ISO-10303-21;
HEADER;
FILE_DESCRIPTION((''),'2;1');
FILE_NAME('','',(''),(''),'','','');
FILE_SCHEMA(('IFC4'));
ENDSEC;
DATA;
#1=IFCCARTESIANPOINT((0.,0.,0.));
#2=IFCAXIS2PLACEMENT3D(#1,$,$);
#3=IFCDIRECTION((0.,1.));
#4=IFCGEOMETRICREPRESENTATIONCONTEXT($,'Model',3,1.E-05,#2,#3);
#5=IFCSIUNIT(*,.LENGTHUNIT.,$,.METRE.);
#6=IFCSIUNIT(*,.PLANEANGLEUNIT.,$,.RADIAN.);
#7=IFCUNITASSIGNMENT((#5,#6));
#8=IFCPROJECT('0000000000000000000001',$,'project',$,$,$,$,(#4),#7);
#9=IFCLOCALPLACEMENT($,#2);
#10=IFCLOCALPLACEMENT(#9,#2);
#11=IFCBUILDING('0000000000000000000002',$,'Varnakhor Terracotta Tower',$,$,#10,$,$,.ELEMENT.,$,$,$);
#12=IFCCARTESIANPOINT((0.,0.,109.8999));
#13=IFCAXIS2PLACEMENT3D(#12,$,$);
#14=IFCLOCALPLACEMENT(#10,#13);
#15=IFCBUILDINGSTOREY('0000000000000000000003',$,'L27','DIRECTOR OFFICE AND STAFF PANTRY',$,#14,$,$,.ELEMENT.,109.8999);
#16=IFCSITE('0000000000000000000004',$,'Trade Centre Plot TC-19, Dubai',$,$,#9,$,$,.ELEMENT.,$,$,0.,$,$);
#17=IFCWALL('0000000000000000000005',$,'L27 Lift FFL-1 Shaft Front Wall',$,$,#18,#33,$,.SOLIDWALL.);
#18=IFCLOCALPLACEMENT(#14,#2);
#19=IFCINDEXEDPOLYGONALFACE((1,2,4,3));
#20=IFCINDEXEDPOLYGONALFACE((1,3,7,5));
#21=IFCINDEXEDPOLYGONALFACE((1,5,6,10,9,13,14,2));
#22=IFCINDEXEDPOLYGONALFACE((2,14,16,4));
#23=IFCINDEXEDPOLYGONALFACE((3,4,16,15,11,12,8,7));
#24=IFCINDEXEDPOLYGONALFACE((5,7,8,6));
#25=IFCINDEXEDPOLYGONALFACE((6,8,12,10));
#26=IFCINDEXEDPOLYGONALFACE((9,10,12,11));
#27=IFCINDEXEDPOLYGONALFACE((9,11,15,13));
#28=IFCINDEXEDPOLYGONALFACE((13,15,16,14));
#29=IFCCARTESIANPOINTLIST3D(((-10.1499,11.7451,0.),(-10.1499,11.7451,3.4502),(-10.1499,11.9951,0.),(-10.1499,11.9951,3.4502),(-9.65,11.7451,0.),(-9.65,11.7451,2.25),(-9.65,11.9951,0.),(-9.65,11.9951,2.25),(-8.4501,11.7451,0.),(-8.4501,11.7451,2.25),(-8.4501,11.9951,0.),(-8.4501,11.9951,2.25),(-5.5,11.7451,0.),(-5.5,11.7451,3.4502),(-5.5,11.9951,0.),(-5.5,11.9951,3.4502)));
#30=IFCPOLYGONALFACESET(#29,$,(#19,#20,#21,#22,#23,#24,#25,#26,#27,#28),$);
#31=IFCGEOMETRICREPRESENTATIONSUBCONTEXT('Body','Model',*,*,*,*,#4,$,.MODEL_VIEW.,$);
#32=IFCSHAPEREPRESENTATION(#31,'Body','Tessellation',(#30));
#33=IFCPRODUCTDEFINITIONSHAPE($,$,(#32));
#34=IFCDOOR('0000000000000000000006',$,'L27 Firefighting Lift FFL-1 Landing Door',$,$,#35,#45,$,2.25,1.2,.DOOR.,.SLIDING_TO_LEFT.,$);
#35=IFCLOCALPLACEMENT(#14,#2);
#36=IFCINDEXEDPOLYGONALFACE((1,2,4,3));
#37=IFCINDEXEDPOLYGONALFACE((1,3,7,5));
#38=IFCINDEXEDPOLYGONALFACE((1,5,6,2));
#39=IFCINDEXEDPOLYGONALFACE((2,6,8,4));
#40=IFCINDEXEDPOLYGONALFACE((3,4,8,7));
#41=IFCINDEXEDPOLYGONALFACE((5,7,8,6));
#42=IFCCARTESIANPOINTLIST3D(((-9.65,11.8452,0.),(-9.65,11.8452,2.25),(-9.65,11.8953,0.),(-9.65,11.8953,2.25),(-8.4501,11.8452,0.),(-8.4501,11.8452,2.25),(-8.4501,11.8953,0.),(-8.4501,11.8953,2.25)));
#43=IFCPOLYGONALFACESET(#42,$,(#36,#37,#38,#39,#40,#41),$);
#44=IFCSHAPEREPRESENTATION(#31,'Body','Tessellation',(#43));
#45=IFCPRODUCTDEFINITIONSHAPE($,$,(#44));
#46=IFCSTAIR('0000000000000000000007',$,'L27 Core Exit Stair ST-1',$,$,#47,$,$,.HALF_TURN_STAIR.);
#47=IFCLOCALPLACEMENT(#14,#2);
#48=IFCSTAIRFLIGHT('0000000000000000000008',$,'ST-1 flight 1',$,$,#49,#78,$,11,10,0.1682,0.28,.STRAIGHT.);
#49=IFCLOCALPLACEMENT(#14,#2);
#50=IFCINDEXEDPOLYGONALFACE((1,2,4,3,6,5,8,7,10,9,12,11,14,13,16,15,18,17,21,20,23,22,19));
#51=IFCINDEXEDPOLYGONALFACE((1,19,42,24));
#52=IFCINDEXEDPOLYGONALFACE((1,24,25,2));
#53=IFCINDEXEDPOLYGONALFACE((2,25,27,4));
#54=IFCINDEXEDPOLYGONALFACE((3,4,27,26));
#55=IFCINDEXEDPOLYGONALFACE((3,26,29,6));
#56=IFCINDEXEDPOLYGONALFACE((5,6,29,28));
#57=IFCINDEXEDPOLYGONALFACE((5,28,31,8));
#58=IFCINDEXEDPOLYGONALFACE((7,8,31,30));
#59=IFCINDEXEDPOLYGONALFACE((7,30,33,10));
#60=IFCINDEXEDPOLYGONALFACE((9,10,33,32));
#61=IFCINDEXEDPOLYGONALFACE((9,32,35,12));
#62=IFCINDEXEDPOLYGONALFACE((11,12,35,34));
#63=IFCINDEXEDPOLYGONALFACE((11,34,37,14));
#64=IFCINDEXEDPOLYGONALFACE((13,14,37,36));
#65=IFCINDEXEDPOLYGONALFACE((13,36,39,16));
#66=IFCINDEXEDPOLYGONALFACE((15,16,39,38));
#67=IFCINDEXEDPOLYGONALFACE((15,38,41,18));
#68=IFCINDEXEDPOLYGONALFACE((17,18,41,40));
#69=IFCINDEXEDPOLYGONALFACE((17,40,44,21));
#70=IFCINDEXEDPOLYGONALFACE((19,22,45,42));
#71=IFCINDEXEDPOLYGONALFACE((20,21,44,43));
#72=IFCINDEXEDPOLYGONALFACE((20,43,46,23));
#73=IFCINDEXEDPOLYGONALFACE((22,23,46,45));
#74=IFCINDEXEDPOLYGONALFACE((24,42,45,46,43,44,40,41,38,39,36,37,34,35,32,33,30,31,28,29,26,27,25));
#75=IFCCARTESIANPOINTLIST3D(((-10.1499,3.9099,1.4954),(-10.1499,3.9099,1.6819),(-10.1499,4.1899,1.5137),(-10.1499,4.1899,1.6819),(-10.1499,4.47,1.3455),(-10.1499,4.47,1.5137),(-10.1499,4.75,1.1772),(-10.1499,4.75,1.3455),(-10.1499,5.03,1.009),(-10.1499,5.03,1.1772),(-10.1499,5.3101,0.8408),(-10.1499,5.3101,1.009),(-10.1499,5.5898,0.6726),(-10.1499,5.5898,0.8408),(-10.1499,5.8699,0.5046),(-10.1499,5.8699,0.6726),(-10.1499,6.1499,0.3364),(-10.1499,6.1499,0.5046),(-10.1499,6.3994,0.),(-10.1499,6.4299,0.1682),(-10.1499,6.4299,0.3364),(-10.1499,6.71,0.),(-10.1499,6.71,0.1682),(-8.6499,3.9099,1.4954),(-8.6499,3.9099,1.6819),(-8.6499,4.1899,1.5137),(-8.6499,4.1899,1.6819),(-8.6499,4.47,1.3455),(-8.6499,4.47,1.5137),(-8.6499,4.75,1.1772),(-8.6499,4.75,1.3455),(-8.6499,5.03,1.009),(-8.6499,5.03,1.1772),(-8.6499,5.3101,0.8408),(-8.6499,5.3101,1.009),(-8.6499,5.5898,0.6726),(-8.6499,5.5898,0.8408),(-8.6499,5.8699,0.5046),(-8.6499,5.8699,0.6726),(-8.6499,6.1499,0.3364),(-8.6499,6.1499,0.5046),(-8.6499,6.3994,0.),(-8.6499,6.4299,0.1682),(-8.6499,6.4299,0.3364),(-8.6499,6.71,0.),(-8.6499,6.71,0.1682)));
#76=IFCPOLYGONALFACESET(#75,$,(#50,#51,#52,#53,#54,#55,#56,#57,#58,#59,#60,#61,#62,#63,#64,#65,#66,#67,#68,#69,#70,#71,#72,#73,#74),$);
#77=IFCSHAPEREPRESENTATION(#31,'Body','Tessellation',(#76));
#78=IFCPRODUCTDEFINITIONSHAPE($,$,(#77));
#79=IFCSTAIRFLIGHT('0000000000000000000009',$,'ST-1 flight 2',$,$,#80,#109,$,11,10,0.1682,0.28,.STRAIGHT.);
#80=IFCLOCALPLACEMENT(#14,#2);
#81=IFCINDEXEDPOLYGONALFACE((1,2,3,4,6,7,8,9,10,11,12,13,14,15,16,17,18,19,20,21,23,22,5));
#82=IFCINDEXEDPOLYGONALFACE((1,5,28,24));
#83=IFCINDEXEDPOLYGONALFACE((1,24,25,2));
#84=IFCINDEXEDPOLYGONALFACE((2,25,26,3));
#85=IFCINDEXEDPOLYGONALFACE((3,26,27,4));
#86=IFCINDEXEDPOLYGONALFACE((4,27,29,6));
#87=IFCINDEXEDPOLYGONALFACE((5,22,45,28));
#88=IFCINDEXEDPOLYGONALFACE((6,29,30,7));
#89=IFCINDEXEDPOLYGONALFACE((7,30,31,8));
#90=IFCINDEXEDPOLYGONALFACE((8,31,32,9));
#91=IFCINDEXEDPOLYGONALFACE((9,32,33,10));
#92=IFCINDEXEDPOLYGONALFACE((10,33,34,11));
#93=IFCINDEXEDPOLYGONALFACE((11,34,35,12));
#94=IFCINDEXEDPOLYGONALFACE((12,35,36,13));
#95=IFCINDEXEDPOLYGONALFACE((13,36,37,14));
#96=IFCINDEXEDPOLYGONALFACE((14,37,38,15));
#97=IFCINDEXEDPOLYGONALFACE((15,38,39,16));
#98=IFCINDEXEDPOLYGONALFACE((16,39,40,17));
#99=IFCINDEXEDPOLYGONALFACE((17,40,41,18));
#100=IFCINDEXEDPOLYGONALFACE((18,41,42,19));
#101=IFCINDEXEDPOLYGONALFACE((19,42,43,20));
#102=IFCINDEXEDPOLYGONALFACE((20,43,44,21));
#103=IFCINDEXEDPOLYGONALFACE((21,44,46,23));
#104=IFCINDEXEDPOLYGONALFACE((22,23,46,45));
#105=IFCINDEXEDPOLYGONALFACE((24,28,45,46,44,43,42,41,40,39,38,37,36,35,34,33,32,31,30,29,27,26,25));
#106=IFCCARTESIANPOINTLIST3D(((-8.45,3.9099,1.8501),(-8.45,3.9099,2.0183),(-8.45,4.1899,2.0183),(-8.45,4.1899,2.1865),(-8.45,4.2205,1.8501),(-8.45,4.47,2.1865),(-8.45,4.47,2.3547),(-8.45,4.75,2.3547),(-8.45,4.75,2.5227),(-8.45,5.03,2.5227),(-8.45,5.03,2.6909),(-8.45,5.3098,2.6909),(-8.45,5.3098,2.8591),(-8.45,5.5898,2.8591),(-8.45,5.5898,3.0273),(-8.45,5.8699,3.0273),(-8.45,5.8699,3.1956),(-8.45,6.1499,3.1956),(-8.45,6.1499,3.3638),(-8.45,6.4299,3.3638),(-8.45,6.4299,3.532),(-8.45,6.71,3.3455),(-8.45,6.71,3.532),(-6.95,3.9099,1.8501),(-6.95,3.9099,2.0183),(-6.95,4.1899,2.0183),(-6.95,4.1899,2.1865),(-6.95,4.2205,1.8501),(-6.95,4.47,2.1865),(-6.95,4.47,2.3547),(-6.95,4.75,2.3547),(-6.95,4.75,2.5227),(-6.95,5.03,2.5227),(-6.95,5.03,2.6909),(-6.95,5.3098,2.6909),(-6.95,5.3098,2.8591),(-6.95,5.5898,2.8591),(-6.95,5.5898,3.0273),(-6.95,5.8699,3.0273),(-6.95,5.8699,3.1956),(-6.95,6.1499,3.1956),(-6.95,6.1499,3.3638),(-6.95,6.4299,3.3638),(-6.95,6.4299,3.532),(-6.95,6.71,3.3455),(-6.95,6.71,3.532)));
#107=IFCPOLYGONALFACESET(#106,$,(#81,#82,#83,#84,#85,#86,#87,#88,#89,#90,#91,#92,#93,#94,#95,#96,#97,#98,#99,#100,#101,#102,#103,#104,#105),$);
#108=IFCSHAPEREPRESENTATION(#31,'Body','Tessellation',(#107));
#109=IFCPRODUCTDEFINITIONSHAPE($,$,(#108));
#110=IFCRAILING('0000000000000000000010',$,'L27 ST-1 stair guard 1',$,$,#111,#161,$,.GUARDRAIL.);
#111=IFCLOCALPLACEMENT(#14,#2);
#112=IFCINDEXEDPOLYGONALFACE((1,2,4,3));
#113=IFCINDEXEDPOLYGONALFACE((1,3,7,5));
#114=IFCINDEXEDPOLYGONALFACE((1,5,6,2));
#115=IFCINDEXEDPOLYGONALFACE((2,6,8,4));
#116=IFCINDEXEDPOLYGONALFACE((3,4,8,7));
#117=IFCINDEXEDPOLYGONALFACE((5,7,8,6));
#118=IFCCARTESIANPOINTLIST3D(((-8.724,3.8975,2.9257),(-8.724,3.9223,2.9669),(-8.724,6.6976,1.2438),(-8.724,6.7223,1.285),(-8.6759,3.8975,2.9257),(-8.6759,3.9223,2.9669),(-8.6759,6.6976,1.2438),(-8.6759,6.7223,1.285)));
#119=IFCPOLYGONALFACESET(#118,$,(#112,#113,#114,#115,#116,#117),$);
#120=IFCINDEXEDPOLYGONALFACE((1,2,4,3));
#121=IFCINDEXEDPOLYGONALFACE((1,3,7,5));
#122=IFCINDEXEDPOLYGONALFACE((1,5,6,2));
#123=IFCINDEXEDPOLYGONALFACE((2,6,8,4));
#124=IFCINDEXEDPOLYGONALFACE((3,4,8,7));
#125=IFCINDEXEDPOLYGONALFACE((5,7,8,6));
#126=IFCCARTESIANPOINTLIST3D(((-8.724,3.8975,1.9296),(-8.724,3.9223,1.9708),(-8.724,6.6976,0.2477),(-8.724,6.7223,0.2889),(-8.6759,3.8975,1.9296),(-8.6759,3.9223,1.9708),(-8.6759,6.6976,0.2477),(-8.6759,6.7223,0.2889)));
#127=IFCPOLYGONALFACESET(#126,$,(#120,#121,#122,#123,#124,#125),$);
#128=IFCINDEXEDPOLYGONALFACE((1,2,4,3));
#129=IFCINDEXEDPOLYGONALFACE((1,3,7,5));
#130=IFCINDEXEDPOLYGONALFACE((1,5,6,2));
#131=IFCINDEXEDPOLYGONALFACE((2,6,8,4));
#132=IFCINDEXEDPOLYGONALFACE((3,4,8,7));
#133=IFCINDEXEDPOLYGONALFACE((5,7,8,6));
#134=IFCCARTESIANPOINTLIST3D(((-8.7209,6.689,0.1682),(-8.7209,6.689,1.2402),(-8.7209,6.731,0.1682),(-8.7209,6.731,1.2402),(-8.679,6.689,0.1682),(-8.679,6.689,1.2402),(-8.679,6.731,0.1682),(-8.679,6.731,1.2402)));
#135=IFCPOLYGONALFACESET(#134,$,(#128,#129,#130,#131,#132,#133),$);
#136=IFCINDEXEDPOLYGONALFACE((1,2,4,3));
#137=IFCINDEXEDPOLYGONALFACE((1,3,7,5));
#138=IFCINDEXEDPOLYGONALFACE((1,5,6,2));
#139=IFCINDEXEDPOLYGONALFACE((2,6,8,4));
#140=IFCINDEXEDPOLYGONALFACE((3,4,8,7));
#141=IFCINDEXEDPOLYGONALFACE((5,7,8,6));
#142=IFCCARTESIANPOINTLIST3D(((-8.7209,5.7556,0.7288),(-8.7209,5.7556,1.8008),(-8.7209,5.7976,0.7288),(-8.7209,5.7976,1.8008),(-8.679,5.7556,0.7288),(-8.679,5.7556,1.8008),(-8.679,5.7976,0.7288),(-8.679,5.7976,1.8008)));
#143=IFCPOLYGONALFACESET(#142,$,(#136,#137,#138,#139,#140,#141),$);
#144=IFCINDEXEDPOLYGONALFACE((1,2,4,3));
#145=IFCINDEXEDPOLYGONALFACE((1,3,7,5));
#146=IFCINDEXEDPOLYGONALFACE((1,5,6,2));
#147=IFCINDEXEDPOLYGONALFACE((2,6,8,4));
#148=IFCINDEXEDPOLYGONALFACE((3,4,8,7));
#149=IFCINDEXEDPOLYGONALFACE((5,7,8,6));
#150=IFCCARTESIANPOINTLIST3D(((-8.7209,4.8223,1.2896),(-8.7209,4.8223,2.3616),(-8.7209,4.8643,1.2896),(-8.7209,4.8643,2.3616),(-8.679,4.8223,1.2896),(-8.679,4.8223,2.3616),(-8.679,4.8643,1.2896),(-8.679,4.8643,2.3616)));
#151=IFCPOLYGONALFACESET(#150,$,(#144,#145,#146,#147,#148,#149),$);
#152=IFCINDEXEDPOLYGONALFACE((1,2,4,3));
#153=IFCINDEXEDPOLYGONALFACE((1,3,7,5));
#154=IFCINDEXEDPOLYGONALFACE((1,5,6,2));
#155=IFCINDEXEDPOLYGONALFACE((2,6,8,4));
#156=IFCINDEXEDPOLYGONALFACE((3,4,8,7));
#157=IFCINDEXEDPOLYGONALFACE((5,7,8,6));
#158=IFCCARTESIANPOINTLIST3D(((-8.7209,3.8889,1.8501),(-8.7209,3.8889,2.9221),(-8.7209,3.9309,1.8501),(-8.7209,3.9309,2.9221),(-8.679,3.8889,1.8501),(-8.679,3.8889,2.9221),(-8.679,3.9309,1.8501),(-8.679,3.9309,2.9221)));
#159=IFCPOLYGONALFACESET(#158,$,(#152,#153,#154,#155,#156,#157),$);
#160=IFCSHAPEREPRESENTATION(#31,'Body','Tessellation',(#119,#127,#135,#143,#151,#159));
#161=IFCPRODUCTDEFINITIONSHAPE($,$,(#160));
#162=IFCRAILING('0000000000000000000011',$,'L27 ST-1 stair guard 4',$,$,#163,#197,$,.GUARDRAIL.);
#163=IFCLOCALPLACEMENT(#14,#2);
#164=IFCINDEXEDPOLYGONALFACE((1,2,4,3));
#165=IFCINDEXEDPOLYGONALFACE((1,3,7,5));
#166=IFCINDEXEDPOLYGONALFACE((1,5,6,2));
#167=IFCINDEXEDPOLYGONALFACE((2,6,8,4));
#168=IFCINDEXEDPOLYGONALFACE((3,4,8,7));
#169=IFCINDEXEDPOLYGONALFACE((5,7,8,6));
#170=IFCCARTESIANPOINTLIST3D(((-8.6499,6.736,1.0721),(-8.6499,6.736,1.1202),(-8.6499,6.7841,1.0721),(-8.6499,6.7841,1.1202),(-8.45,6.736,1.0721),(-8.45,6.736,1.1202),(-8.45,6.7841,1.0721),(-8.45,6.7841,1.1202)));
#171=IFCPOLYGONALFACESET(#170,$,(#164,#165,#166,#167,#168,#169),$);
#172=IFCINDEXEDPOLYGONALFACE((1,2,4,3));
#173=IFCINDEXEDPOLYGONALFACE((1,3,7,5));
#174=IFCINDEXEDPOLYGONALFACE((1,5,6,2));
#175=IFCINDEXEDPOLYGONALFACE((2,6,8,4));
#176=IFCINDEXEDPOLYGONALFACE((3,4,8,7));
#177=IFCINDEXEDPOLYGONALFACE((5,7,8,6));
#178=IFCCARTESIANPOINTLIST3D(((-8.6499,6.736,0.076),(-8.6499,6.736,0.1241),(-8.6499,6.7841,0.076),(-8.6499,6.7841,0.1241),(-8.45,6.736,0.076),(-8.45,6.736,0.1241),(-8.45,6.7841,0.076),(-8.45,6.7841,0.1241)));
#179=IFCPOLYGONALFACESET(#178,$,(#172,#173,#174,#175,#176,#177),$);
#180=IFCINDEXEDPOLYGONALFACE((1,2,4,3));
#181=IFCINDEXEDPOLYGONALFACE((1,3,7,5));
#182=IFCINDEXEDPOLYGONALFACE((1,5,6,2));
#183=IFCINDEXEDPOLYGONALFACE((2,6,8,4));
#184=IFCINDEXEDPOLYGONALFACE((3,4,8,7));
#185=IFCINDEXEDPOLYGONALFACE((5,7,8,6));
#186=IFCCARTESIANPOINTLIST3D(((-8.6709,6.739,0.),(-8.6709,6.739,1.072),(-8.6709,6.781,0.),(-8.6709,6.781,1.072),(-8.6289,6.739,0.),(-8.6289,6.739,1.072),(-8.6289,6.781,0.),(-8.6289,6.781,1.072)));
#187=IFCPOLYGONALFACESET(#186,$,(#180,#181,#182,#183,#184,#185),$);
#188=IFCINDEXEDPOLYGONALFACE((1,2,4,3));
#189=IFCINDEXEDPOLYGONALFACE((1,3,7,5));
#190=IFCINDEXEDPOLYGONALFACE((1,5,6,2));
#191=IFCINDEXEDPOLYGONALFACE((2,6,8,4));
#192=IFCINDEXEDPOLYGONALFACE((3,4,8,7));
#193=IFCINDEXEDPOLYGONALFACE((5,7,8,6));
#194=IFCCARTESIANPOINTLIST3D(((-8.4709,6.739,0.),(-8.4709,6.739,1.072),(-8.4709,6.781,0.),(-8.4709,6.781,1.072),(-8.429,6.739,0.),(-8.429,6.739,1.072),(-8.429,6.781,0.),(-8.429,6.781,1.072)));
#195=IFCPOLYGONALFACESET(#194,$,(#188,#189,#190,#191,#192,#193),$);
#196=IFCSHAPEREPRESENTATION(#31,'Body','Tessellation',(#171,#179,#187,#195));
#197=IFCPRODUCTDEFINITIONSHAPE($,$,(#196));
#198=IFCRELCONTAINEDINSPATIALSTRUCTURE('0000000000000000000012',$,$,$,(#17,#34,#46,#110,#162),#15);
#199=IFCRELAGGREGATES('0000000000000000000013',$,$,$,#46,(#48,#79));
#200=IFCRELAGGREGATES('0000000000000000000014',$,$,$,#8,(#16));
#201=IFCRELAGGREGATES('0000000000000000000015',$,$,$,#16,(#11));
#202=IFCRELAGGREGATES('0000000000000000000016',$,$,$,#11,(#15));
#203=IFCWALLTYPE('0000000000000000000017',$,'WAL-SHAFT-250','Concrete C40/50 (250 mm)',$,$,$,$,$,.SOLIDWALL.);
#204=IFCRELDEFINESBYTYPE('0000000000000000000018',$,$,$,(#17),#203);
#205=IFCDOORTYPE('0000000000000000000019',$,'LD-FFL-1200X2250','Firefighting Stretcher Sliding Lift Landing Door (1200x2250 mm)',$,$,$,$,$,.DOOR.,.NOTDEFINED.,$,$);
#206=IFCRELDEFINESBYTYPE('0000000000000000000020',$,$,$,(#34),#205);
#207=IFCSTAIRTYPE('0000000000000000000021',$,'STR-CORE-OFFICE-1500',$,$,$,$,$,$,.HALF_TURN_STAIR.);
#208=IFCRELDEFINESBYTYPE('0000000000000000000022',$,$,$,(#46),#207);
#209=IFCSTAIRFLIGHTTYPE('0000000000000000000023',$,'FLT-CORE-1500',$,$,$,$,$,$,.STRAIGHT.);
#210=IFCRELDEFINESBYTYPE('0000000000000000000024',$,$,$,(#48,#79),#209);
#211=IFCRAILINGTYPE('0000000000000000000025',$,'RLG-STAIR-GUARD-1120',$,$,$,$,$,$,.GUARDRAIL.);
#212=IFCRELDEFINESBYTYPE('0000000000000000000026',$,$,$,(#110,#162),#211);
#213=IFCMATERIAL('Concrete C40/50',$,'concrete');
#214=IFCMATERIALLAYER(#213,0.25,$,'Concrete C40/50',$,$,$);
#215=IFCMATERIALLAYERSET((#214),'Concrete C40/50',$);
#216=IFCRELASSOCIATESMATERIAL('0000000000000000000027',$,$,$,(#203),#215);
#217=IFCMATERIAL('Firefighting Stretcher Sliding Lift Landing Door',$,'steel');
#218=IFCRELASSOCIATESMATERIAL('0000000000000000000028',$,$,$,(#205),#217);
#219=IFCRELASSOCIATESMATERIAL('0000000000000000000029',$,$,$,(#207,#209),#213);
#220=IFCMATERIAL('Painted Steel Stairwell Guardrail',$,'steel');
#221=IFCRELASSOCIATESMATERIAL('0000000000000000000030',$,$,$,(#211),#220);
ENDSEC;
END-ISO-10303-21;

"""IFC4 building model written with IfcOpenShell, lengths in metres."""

from ifc_helpers import new_model, si_unit, direction, frame, frame_2d, origin, origin_2d, place, context, subcontext, project, spatial, polyline, rectangle, outline, extrude, source, transform, mapped, material, layer, layer_set, type_object, type_shapes, element, fill, aggregate, save


model = new_model("IFC4")

# Units and contexts
model_context = context("Model", 3, precision=1e-05, world=origin(), true_north=direction((0.0, 1.0)))
body_context = subcontext(model_context, "Body", "Model", "MODEL_VIEW")
ifc_project = project(units=[si_unit("LENGTHUNIT", "METRE"), si_unit("PLANEANGLEUNIT", "RADIAN")], contexts=[model_context])

# Site, building, storey
site_placement = place(None, origin())
site = spatial("IfcSite", under=ifc_project, at=site_placement, Name="Trade Centre Plot TC-19, Dubai", CompositionType="ELEMENT", RefElevation=0.0)
building_placement = place(site_placement, origin())
building = spatial("IfcBuilding", under=site, at=building_placement, Name="Varnakhor Terracotta Tower", CompositionType="ELEMENT")
storey_placement = place(building_placement, frame((0.0, 0.0, 109.8999)))
storey = spatial("IfcBuildingStorey", under=building, at=storey_placement, Name="L27", Description="DIRECTOR OFFICE AND STAFF PANTRY", CompositionType="ELEMENT", Elevation=109.8999)

# Shared definitions
ifc_material_1 = material(Name="Concrete C40/50", Category="concrete")

# Wall, opening, door
ifc_layer_1 = layer(ifc_material_1, 0.25, Name="Concrete C40/50")
ifc_layer_set_1 = layer_set([ifc_layer_1], Name="Concrete C40/50")
wall_type_1 = type_object("IfcWallType", Name="WAL-SHAFT-250", Description="Concrete C40/50 (250 mm)", PredefinedType="SOLIDWALL", material=ifc_layer_set_1)
wall_1_placement = place(storey_placement, frame((-5.5, 11.8701, 0.0), z_axis=(0.0, 0.0, 1.0), x_axis=(-1.0, 0.0, 0.0)))
wall_1 = element("IfcWall", 1, at=wall_1_placement, inside=storey, type_object=wall_type_1, Name="L27 Lift FFL-1 Shaft Front Wall", PredefinedType="SOLIDWALL", context=body_context, shape_type="SweptSolid", body=[
    extrude(rectangle(XDim=4.6499, YDim=0.25, at=frame_2d((2.325, 0.0))), origin(), (0.0, 0.0, 1.0), 3.4502),
])
opening_1_placement = place(wall_1_placement, frame((2.95, 0.0, 0.0)))
opening_1 = element("IfcOpeningElement", 2, at=opening_1_placement, cuts=wall_1, PredefinedType="OPENING", context=body_context, shape_type="SweptSolid", body=[
    extrude(rectangle(XDim=1.2, YDim=2.25, at=frame_2d((0.6001, 1.125))), frame((0.0, 0.135, 0.0), z_axis=(0.0, -1.0, 0.0), x_axis=(1.0, 0.0, 0.0)), (0.0, 0.0, 1.0), 0.27),
])
ifc_material_2 = material(Name="Firefighting Stretcher Sliding Lift Landing Door", Category="steel")
door_type_1 = type_object("IfcDoorType", Name="LD-FFL-1200X2250", Description="Firefighting Stretcher Sliding Lift Landing Door (1200x2250 mm)", OperationType="NOTDEFINED", PredefinedType="DOOR", material=ifc_material_2)
shared_shape_1 = source(origin(), body_context, "Body", "SweptSolid", [
    extrude(rectangle(XDim=1.2, YDim=2.25, at=frame_2d((0.6001, 1.125))), frame((0.0, 0.0249, 0.0), z_axis=(0.0, -1.0, 0.0), x_axis=(1.0, 0.0, 0.0)), (0.0, 0.0, 1.0), 0.05),
])
type_shapes(door_type_1, [shared_shape_1])
door_1_placement = place(opening_1_placement, origin())
door_1 = element("IfcDoor", 3, at=door_1_placement, inside=storey, type_object=door_type_1, Name="L27 Firefighting Lift FFL-1 Landing Door", OperationType="SLIDING_TO_LEFT", OverallHeight=2.25, OverallWidth=1.2, PredefinedType="DOOR", context=body_context, shape_type="MappedRepresentation", body=[
    mapped(shared_shape_1, transform((0.0, 0.0, 0.0), scale=1.0)),
])
fill(opening_1, door_1)

# Stair, stair flights
stair_type = type_object("IfcStairType", Name="STR-CORE-OFFICE-1500", PredefinedType="HALF_TURN_STAIR", material=ifc_material_1)
stair_placement = place(storey_placement, origin())
stair = element("IfcStair", 4, at=stair_placement, inside=storey, type_object=stair_type, Name="L27 Core Exit Stair ST-1", PredefinedType="HALF_TURN_STAIR")
stair_flight_type = type_object("IfcStairFlightType", Name="FLT-CORE-1500", PredefinedType="STRAIGHT", material=ifc_material_1)
stair_flight_1_placement = place(storey_placement, frame((-9.3999, 6.71, 0.0), z_axis=(0.0, 0.0, 1.0), x_axis=(0.0, -1.0, 0.0)))
stair_flight_1 = element("IfcStairFlight", 5, at=stair_flight_1_placement, type_object=stair_flight_type, Name="ST-1 flight 1", NumberOfRisers=11, NumberOfTreads=10, PredefinedType="STRAIGHT", RiserHeight=0.1682, TreadLength=0.28, context=body_context, shape_type="SweptSolid", body=[
    extrude(outline(polyline([(0.0, 0.0), (0.0, 0.1682), (0.28, 0.1682), (0.28, 0.3364), (0.5601, 0.3364), (0.5601, 0.5046), (0.8401, 0.5046), (0.8401, 0.6726), (1.1201, 0.6726), (1.1201, 0.8408), (1.3999, 0.8408), (1.3999, 1.009), (1.6799, 1.009), (1.6799, 1.1772), (1.96, 1.1772), (1.96, 1.3455), (2.24, 1.3455), (2.24, 1.5137), (2.52, 1.5137), (2.52, 1.6819), (2.8, 1.6819), (2.8, 1.8501), (2.8, 1.4954), (0.3105, 0.0), (0.0, 0.0)])), frame((0.0, 0.75, 0.0), z_axis=(0.0, -1.0, 0.0), x_axis=(1.0, 0.0, 0.0)), (0.0, 0.0, 1.0), 1.5),
])
stair_flight_2_placement = place(storey_placement, frame((-7.7, 3.9099, 1.8501), z_axis=(0.0, 0.0, 1.0), x_axis=(0.0, 1.0, 0.0)))
stair_flight_2 = element("IfcStairFlight", 6, at=stair_flight_2_placement, type_object=stair_flight_type, Name="ST-1 flight 2", NumberOfRisers=11, NumberOfTreads=10, PredefinedType="STRAIGHT", RiserHeight=0.1682, TreadLength=0.28, context=body_context, shape_type="SweptSolid", body=[
    extrude(outline(polyline([(0.0, 0.0), (0.0, 0.1682), (0.28, 0.1682), (0.28, 0.3364), (0.5601, 0.3364), (0.5601, 0.5046), (0.8401, 0.5046), (0.8401, 0.6726), (1.1201, 0.6726), (1.1201, 0.8408), (1.3999, 0.8408), (1.3999, 1.009), (1.6799, 1.009), (1.6799, 1.1772), (1.96, 1.1772), (1.96, 1.3455), (2.24, 1.3455), (2.24, 1.5137), (2.52, 1.5137), (2.52, 1.6819), (2.8, 1.6819), (2.8, 1.8501), (2.8, 1.4954), (0.3105, 0.0), (0.0, 0.0)])), frame((0.0, 0.75, 0.0), z_axis=(0.0, -1.0, 0.0), x_axis=(1.0, 0.0, 0.0)), (0.0, 0.0, 1.0), 1.5),
])
aggregate(stair, [stair_flight_1, stair_flight_2])

# Railings
ifc_material_3 = material(Name="Painted Steel Stairwell Guardrail", Category="steel")
railing_type_1 = type_object("IfcRailingType", Name="RLG-STAIR-GUARD-1120", PredefinedType="GUARDRAIL", material=ifc_material_3)
railing_1_placement = place(storey_placement, frame((-8.7, 6.71, 0.1682)))
element("IfcRailing", 7, at=railing_1_placement, inside=storey, type_object=railing_type_1, Name="L27 ST-1 stair guard 1", PredefinedType="GUARDRAIL", context=body_context, shape_type="SweptSolid", body=[
    extrude(rectangle(XDim=0.0481, YDim=0.0481, at=origin_2d()), frame((0.0, 0.0, 1.0962), z_axis=(0.0, -0.857242, 0.514913), x_axis=(1.0, 0.0, 0.0)), (0.0, 0.0, 1.0), 3.2664),
    extrude(rectangle(XDim=0.0481, YDim=0.0481, at=origin_2d()), frame((0.0, 0.0, 0.1001), z_axis=(0.0, -0.857242, 0.514913), x_axis=(1.0, 0.0, 0.0)), (0.0, 0.0, 1.0), 3.2664),
    extrude(rectangle(XDim=0.042, YDim=0.042, at=origin_2d()), origin(), (0.0, 0.0, 1.0), 1.072),
    extrude(rectangle(XDim=0.042, YDim=0.042, at=origin_2d()), frame((0.0, -0.9333, 0.5605)), (0.0, 0.0, 1.0), 1.072),
    extrude(rectangle(XDim=0.042, YDim=0.042, at=origin_2d()), frame((0.0, -1.8667, 1.1213)), (0.0, 0.0, 1.0), 1.072),
    extrude(rectangle(XDim=0.042, YDim=0.042, at=origin_2d()), frame((0.0, -2.8, 1.6819)), (0.0, 0.0, 1.0), 1.072),
])
railing_2_placement = place(storey_placement, frame((-8.6499, 6.76, 0.0)))
element("IfcRailing", 8, at=railing_2_placement, inside=storey, type_object=railing_type_1, Name="L27 ST-1 stair guard 4", PredefinedType="GUARDRAIL", context=body_context, shape_type="SweptSolid", body=[
    extrude(rectangle(XDim=0.0481, YDim=0.0481, at=origin_2d()), frame((0.0, 0.0, 1.0962), z_axis=(1.0, 0.0, 0.0), x_axis=(0.0, 1.0, 0.0)), (0.0, 0.0, 1.0), 0.2),
    extrude(rectangle(XDim=0.0481, YDim=0.0481, at=origin_2d()), frame((0.0, 0.0, 0.1001), z_axis=(1.0, 0.0, 0.0), x_axis=(0.0, 1.0, 0.0)), (0.0, 0.0, 1.0), 0.2),
    extrude(rectangle(XDim=0.042, YDim=0.042, at=origin_2d()), origin(), (0.0, 0.0, 1.0), 1.072),
    extrude(rectangle(XDim=0.042, YDim=0.042, at=origin_2d()), frame((0.2, 0.0, 0.0)), (0.0, 0.0, 1.0), 1.072),
])

save(model, "model.ifc")
